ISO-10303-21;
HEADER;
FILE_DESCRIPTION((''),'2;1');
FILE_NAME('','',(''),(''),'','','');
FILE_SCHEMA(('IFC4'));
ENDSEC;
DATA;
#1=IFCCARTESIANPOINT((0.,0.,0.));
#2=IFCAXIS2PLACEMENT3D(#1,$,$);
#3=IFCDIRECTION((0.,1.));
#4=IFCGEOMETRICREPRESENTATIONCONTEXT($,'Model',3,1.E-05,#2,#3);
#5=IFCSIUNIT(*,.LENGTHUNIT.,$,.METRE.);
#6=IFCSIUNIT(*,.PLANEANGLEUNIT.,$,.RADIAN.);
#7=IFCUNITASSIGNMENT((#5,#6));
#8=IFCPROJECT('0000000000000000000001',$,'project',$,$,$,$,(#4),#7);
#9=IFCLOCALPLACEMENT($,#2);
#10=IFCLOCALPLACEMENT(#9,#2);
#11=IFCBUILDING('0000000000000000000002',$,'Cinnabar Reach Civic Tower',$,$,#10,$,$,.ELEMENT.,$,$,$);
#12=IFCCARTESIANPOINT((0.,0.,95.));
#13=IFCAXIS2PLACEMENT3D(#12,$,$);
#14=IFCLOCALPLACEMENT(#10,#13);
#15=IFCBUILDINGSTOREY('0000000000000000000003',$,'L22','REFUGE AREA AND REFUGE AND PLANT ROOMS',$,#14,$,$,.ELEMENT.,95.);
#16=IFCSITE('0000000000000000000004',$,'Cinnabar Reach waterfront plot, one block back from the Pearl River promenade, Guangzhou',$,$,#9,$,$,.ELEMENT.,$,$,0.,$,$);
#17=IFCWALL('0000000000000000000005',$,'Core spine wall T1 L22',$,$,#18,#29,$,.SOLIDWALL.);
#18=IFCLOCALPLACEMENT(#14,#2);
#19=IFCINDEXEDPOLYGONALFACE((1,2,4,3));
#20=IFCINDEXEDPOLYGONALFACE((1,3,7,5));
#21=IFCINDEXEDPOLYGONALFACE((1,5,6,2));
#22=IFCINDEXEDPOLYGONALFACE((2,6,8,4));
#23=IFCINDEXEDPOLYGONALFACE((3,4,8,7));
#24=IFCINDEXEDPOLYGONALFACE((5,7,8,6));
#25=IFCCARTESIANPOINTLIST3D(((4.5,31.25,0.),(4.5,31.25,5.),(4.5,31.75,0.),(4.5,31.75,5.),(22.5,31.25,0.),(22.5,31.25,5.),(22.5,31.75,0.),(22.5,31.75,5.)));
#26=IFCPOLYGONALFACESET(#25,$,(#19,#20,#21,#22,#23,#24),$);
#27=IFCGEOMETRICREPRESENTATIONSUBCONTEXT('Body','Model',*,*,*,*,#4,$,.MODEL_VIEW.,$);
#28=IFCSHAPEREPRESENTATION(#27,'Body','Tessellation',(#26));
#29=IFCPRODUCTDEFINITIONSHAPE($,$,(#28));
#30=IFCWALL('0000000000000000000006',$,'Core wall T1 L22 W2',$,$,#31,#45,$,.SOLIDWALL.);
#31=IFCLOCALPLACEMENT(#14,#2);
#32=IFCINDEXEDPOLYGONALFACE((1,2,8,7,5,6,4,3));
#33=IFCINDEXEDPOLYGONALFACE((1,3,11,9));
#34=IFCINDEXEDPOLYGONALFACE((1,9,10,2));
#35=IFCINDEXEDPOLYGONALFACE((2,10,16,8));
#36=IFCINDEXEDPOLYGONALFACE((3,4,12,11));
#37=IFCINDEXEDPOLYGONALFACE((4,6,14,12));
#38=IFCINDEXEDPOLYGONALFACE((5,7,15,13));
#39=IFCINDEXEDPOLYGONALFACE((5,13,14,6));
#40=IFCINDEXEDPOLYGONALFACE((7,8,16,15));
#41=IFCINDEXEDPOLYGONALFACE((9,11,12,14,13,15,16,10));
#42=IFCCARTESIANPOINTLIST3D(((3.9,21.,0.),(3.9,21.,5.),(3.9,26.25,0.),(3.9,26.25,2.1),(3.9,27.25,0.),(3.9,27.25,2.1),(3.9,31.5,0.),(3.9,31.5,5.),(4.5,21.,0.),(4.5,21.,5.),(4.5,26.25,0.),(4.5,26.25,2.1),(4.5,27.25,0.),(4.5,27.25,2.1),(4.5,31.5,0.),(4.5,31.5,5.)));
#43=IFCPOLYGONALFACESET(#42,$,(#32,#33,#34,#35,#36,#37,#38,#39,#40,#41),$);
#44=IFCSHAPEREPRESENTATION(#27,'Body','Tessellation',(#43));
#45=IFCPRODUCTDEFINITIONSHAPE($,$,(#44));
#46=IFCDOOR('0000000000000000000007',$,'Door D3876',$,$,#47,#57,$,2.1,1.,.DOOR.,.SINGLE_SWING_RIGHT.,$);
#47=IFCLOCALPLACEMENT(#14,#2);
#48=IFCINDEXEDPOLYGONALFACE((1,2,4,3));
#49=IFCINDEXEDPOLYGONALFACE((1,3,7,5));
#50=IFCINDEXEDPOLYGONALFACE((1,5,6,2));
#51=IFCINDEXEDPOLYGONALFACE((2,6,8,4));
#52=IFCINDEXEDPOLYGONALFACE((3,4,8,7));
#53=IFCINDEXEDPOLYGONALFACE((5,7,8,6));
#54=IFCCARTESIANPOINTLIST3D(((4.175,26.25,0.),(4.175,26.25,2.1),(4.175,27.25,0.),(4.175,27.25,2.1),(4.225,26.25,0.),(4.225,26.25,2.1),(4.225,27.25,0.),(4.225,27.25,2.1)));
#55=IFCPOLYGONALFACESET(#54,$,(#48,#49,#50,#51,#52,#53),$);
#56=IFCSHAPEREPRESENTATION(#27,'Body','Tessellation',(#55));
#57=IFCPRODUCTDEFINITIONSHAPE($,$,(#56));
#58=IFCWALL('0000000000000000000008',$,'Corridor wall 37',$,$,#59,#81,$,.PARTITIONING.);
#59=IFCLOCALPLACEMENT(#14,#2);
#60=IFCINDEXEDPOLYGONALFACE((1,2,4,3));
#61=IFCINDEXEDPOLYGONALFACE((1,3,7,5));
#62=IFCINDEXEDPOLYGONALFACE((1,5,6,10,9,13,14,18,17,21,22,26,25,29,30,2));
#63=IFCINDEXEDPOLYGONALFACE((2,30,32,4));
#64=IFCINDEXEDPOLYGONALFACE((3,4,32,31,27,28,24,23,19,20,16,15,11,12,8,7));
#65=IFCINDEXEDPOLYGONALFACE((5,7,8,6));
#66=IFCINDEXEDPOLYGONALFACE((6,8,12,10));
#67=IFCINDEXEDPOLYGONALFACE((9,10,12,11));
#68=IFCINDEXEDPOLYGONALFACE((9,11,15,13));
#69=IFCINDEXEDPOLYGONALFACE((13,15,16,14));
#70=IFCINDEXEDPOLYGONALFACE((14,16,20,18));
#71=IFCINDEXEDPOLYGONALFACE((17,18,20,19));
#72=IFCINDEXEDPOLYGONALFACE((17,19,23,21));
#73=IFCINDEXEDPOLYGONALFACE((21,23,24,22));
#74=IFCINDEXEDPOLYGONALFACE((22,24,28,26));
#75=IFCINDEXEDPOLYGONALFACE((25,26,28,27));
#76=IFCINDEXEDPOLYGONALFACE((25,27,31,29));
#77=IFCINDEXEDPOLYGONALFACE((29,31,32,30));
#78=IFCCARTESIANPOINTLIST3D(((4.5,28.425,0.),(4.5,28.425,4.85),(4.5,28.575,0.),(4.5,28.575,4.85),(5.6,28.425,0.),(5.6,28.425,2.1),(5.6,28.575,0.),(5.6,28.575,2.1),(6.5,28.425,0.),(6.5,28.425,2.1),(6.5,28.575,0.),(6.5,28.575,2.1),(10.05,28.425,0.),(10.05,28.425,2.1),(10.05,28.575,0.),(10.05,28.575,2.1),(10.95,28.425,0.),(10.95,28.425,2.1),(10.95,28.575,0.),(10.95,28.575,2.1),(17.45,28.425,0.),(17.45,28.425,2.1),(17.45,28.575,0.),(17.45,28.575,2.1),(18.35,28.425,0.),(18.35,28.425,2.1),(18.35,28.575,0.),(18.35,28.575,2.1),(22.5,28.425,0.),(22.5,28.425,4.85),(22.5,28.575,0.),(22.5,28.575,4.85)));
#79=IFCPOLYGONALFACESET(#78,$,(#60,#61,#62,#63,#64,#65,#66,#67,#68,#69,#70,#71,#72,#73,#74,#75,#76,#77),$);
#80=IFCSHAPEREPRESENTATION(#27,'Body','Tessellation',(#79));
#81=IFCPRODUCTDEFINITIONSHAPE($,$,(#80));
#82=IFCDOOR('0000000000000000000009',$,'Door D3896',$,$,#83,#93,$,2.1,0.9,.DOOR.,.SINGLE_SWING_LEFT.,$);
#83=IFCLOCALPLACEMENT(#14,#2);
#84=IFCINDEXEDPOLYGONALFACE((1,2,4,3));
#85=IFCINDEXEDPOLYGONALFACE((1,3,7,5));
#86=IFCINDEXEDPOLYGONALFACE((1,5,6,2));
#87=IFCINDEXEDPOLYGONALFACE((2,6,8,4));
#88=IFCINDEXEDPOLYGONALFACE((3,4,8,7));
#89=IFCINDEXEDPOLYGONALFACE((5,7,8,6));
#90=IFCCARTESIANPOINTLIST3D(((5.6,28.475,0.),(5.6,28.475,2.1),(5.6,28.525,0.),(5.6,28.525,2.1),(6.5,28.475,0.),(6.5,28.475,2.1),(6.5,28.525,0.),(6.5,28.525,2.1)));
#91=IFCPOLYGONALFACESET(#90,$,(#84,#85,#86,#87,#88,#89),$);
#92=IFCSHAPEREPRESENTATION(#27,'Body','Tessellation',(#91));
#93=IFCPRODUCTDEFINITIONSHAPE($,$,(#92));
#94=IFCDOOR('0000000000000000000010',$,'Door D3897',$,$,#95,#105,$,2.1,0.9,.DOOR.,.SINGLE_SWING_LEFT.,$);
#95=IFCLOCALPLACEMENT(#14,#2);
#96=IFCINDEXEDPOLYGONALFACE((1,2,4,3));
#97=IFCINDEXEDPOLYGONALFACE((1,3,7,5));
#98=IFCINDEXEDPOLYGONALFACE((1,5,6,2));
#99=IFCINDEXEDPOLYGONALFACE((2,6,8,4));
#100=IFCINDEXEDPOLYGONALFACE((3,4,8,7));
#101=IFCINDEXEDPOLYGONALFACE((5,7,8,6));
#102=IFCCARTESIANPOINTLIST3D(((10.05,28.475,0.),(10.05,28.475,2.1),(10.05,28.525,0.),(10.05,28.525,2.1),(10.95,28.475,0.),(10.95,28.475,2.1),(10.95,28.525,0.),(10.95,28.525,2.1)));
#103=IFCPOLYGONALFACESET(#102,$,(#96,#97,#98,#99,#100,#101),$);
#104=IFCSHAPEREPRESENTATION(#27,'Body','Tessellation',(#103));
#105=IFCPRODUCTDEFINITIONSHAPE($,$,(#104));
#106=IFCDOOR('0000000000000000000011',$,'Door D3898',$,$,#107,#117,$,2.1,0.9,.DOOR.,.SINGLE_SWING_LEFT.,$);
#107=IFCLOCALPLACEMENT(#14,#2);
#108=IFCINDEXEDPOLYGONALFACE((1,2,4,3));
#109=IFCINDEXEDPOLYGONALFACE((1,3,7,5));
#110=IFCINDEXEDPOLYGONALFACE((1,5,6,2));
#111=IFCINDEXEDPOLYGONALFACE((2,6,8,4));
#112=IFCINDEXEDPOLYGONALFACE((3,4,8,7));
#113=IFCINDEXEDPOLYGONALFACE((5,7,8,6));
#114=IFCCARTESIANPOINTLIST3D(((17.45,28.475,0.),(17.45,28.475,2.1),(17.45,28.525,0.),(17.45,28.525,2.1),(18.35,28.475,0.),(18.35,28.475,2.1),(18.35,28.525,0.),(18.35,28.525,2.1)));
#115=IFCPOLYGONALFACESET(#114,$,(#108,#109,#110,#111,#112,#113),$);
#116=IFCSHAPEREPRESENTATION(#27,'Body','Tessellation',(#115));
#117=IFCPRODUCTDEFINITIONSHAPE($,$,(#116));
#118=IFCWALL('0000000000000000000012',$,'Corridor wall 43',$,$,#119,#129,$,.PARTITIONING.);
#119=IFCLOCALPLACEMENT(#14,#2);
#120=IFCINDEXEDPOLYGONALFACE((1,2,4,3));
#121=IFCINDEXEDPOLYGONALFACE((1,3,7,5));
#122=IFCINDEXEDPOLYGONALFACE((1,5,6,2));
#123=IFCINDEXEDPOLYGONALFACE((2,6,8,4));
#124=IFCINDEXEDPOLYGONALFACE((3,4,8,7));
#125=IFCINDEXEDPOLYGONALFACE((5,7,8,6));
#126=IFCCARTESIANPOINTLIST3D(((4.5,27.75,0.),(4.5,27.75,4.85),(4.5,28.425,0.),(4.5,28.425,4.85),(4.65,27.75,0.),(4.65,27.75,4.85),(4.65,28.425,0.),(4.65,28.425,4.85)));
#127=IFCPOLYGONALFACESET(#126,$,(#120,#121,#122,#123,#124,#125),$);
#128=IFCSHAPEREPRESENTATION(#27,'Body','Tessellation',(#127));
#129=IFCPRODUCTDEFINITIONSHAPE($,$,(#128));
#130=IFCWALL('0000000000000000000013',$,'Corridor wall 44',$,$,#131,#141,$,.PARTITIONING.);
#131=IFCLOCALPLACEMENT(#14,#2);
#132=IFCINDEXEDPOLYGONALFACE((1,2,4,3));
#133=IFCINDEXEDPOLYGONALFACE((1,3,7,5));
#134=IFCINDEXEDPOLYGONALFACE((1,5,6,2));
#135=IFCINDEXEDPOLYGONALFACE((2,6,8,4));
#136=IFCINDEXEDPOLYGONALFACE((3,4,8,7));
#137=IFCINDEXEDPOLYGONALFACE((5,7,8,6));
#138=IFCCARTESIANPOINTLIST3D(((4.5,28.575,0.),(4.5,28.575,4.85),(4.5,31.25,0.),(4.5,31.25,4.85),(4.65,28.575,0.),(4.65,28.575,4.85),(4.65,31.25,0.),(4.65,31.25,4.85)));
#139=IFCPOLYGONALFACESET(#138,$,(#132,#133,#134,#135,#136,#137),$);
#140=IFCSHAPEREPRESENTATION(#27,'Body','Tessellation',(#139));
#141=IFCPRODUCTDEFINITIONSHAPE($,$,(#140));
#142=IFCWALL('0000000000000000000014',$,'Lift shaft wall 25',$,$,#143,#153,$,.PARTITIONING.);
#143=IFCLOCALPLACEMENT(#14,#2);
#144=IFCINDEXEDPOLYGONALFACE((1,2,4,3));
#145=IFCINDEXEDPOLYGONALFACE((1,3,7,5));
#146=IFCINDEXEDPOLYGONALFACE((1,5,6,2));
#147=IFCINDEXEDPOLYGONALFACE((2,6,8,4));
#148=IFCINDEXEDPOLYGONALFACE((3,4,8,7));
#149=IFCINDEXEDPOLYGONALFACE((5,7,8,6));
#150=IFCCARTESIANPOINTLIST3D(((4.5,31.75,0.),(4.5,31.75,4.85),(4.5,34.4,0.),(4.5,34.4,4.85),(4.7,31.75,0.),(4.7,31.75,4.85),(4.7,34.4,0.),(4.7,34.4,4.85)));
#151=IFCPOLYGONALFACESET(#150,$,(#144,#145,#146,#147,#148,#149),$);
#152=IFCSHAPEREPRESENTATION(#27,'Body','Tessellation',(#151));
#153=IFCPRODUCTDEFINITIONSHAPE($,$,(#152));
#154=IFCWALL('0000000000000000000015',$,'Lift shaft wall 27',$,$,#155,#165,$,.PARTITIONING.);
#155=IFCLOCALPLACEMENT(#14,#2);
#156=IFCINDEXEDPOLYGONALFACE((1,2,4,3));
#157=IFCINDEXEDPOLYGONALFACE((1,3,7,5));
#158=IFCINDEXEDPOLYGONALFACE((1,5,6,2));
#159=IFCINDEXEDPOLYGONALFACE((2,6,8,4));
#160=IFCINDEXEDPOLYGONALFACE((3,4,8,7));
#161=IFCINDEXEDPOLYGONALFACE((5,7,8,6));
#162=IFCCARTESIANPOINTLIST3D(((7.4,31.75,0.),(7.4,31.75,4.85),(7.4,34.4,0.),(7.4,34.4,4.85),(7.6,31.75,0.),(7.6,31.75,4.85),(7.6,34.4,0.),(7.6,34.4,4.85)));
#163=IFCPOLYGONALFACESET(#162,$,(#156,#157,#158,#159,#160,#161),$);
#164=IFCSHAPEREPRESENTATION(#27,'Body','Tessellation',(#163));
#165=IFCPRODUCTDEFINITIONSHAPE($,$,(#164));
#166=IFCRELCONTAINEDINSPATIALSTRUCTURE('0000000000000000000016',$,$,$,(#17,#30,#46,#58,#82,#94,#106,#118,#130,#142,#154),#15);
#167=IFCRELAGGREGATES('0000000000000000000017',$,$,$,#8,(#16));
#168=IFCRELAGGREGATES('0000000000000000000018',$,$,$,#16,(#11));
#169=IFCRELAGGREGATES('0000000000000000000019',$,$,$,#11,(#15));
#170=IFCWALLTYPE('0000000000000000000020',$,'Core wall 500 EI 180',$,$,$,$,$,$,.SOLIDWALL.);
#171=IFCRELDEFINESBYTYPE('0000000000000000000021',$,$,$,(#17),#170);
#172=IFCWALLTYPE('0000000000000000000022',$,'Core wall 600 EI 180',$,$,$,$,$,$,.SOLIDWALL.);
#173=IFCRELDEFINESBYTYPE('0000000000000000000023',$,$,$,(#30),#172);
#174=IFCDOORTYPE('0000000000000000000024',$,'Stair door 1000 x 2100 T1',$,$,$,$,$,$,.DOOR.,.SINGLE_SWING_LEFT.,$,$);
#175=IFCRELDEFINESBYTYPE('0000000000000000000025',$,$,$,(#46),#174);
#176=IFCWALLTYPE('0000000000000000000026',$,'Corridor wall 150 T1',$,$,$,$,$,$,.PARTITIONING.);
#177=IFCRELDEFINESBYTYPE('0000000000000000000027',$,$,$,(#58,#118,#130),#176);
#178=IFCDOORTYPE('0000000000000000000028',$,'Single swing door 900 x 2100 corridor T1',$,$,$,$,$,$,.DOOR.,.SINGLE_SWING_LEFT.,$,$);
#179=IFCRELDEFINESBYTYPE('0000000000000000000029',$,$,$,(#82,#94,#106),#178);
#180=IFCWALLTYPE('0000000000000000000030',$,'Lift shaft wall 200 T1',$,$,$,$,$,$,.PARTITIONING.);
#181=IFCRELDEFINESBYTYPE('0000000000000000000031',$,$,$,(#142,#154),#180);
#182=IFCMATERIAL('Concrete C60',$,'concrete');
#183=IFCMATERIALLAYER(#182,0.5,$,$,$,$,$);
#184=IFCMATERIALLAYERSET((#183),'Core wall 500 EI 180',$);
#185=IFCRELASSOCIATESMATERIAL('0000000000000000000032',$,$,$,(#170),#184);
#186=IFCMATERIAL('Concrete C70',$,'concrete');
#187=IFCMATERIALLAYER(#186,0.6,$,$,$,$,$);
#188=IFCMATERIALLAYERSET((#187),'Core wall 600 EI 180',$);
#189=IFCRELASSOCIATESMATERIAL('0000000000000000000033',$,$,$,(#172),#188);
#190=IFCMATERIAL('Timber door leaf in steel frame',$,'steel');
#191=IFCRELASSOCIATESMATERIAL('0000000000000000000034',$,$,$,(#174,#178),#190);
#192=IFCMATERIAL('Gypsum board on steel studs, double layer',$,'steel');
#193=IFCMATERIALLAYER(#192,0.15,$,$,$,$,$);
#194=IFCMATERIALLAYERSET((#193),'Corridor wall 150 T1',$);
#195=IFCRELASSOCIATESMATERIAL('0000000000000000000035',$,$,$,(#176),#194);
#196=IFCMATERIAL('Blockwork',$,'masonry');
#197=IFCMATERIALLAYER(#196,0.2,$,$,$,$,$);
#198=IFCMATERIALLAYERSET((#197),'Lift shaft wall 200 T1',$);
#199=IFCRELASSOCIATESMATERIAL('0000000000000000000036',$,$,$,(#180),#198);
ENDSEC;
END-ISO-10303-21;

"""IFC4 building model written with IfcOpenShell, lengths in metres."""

from ifc_helpers import new_model, si_unit, direction, frame, frame_2d, origin, place, context, subcontext, project, spatial, rectangle, extrude, material, layer, layer_set, type_object, element, fill, save


model = new_model("IFC4")

# Units and contexts
model_context = context("Model", 3, precision=1e-05, world=origin(), true_north=direction((0.0, 1.0)))
body_context = subcontext(model_context, "Body", "Model", "MODEL_VIEW")
ifc_project = project(units=[si_unit("LENGTHUNIT", "METRE"), si_unit("PLANEANGLEUNIT", "RADIAN")], contexts=[model_context])

# Site, building, storey
site_placement = place(None, origin())
site = spatial("IfcSite", under=ifc_project, at=site_placement, Name="Cinnabar Reach waterfront plot, one block back from the Pearl River promenade, Guangzhou", CompositionType="ELEMENT", RefElevation=0.0)
building_placement = place(site_placement, origin())
building = spatial("IfcBuilding", under=site, at=building_placement, Name="Cinnabar Reach Civic Tower", CompositionType="ELEMENT")
storey_placement = place(building_placement, frame((0.0, 0.0, 95.0)))
storey = spatial("IfcBuildingStorey", under=building, at=storey_placement, Name="L22", Description="REFUGE AREA AND REFUGE AND PLANT ROOMS", CompositionType="ELEMENT", Elevation=95.0)

# Wall
ifc_material_1 = material(Name="Concrete C60", Category="concrete")
ifc_layer_1 = layer(ifc_material_1, 0.5)
ifc_layer_set_1 = layer_set([ifc_layer_1], Name="Core wall 500 EI 180")
wall_type_1 = type_object("IfcWallType", Name="Core wall 500 EI 180", PredefinedType="SOLIDWALL", material=ifc_layer_set_1)
wall_1_placement = place(storey_placement, frame((4.5, 31.5, 0.0), z_axis=(0.0, 0.0, 1.0), x_axis=(1.0, 0.0, 0.0)))
element("IfcWall", 1, at=wall_1_placement, inside=storey, type_object=wall_type_1, Name="Core spine wall T1 L22", PredefinedType="SOLIDWALL", context=body_context, shape_type="SweptSolid", body=[
    extrude(rectangle(XDim=18.0, YDim=0.5, at=frame_2d((9.0, 0.0))), origin(), (0.0, 0.0, 1.0), 5.0),
])

# Wall, opening, door
ifc_material_2 = material(Name="Concrete C70", Category="concrete")
ifc_layer_2 = layer(ifc_material_2, 0.6)
ifc_layer_set_2 = layer_set([ifc_layer_2], Name="Core wall 600 EI 180")
wall_type_2 = type_object("IfcWallType", Name="Core wall 600 EI 180", PredefinedType="SOLIDWALL", material=ifc_layer_set_2)
wall_2_placement = place(storey_placement, frame((4.2, 31.5, 0.0), z_axis=(0.0, 0.0, 1.0), x_axis=(0.0, -1.0, 0.0)))
wall_2 = element("IfcWall", 2, at=wall_2_placement, inside=storey, type_object=wall_type_2, Name="Core wall T1 L22 W2", PredefinedType="SOLIDWALL", context=body_context, shape_type="SweptSolid", body=[
    extrude(rectangle(XDim=10.5, YDim=0.6, at=frame_2d((5.25, 0.0))), origin(), (0.0, 0.0, 1.0), 5.0),
])
opening_1_placement = place(wall_2_placement, frame((4.25, 0.0, 0.0)))
opening_1 = element("IfcOpeningElement", 3, at=opening_1_placement, cuts=wall_2, PredefinedType="OPENING", context=body_context, shape_type="SweptSolid", body=[
    extrude(rectangle(XDim=1.0, YDim=2.1, at=frame_2d((0.5, 1.05))), frame((0.0, 0.31, 0.0), z_axis=(0.0, -1.0, 0.0), x_axis=(1.0, 0.0, 0.0)), (0.0, 0.0, 1.0), 0.62),
])
ifc_material_3 = material(Name="Timber door leaf in steel frame", Category="steel")
door_type_1 = type_object("IfcDoorType", Name="Stair door 1000 x 2100 T1", OperationType="SINGLE_SWING_LEFT", PredefinedType="DOOR", material=ifc_material_3)
door_1_placement = place(opening_1_placement, frame((1.0, 0.0, 0.0), z_axis=(0.0, 0.0, 1.0), x_axis=(-1.0, 0.0, 0.0)))
door_1 = element("IfcDoor", 4, at=door_1_placement, inside=storey, type_object=door_type_1, Name="Door D3876", OperationType="SINGLE_SWING_RIGHT", OverallHeight=2.1, OverallWidth=1.0, PredefinedType="DOOR", context=body_context, shape_type="SweptSolid", body=[
    extrude(rectangle(XDim=1.0, YDim=2.1, at=frame_2d((0.5, 1.05))), frame((0.0, 0.025, 0.0), z_axis=(0.0, -1.0, 0.0), x_axis=(1.0, 0.0, 0.0)), (0.0, 0.0, 1.0), 0.05),
])
fill(opening_1, door_1)

# Wall, openings, doors
ifc_material_4 = material(Name="Gypsum board on steel studs, double layer", Category="steel")
ifc_layer_3 = layer(ifc_material_4, 0.15)
ifc_layer_set_3 = layer_set([ifc_layer_3], Name="Corridor wall 150 T1")
wall_type_3 = type_object("IfcWallType", Name="Corridor wall 150 T1", PredefinedType="PARTITIONING", material=ifc_layer_set_3)
wall_3_placement = place(storey_placement, frame((4.5, 28.5, 0.0), z_axis=(0.0, 0.0, 1.0), x_axis=(1.0, 0.0, 0.0)))
wall_3 = element("IfcWall", 5, at=wall_3_placement, inside=storey, type_object=wall_type_3, Name="Corridor wall 37", PredefinedType="PARTITIONING", context=body_context, shape_type="SweptSolid", body=[
    extrude(rectangle(XDim=18.0, YDim=0.15, at=frame_2d((9.0, 0.0))), origin(), (0.0, 0.0, 1.0), 4.85),
])
opening_2_placement = place(wall_3_placement, frame((1.1, 0.0, 0.0)))
opening_2 = element("IfcOpeningElement", 6, at=opening_2_placement, cuts=wall_3, PredefinedType="OPENING", context=body_context, shape_type="SweptSolid", body=[
    extrude(rectangle(XDim=0.9, YDim=2.1, at=frame_2d((0.45, 1.05))), frame((0.0, 0.085, 0.0), z_axis=(0.0, -1.0, 0.0), x_axis=(1.0, 0.0, 0.0)), (0.0, 0.0, 1.0), 0.17),
])
opening_3_placement = place(wall_3_placement, frame((5.55, 0.0, 0.0)))
opening_3 = element("IfcOpeningElement", 7, at=opening_3_placement, cuts=wall_3, PredefinedType="OPENING", context=body_context, shape_type="SweptSolid", body=[
    extrude(rectangle(XDim=0.9, YDim=2.1, at=frame_2d((0.45, 1.05))), frame((0.0, 0.085, 0.0), z_axis=(0.0, -1.0, 0.0), x_axis=(1.0, 0.0, 0.0)), (0.0, 0.0, 1.0), 0.17),
])
opening_4_placement = place(wall_3_placement, frame((12.95, 0.0, 0.0)))
opening_4 = element("IfcOpeningElement", 8, at=opening_4_placement, cuts=wall_3, PredefinedType="OPENING", context=body_context, shape_type="SweptSolid", body=[
    extrude(rectangle(XDim=0.9, YDim=2.1, at=frame_2d((0.45, 1.05))), frame((0.0, 0.085, 0.0), z_axis=(0.0, -1.0, 0.0), x_axis=(1.0, 0.0, 0.0)), (0.0, 0.0, 1.0), 0.17),
])
door_type_2 = type_object("IfcDoorType", Name="Single swing door 900 x 2100 corridor T1", OperationType="SINGLE_SWING_LEFT", PredefinedType="DOOR", material=ifc_material_3)
door_2_placement = place(opening_2_placement, origin())
door_2 = element("IfcDoor", 9, at=door_2_placement, inside=storey, type_object=door_type_2, Name="Door D3896", OperationType="SINGLE_SWING_LEFT", OverallHeight=2.1, OverallWidth=0.9, PredefinedType="DOOR", context=body_context, shape_type="SweptSolid", body=[
    extrude(rectangle(XDim=0.9, YDim=2.1, at=frame_2d((0.45, 1.05))), frame((0.0, 0.025, 0.0), z_axis=(0.0, -1.0, 0.0), x_axis=(1.0, 0.0, 0.0)), (0.0, 0.0, 1.0), 0.05),
])
fill(opening_2, door_2)
door_3_placement = place(opening_3_placement, origin())
door_3 = element("IfcDoor", 10, at=door_3_placement, inside=storey, type_object=door_type_2, Name="Door D3897", OperationType="SINGLE_SWING_LEFT", OverallHeight=2.1, OverallWidth=0.9, PredefinedType="DOOR", context=body_context, shape_type="SweptSolid", body=[
    extrude(rectangle(XDim=0.9, YDim=2.1, at=frame_2d((0.45, 1.05))), frame((0.0, 0.025, 0.0), z_axis=(0.0, -1.0, 0.0), x_axis=(1.0, 0.0, 0.0)), (0.0, 0.0, 1.0), 0.05),
])
fill(opening_3, door_3)
door_4_placement = place(opening_4_placement, origin())
door_4 = element("IfcDoor", 11, at=door_4_placement, inside=storey, type_object=door_type_2, Name="Door D3898", OperationType="SINGLE_SWING_LEFT", OverallHeight=2.1, OverallWidth=0.9, PredefinedType="DOOR", context=body_context, shape_type="SweptSolid", body=[
    extrude(rectangle(XDim=0.9, YDim=2.1, at=frame_2d((0.45, 1.05))), frame((0.0, 0.025, 0.0), z_axis=(0.0, -1.0, 0.0), x_axis=(1.0, 0.0, 0.0)), (0.0, 0.0, 1.0), 0.05),
])
fill(opening_4, door_4)

# Walls
wall_4_placement = place(storey_placement, frame((4.575, 27.75, 0.0), z_axis=(0.0, 0.0, 1.0), x_axis=(0.0, 1.0, 0.0)))
element("IfcWall", 12, at=wall_4_placement, inside=storey, type_object=wall_type_3, Name="Corridor wall 43", PredefinedType="PARTITIONING", context=body_context, shape_type="SweptSolid", body=[
    extrude(rectangle(XDim=0.675, YDim=0.15, at=frame_2d((0.3375, 0.0))), origin(), (0.0, 0.0, 1.0), 4.85),
])
wall_5_placement = place(storey_placement, frame((4.575, 28.575, 0.0), z_axis=(0.0, 0.0, 1.0), x_axis=(0.0, 1.0, 0.0)))
element("IfcWall", 13, at=wall_5_placement, inside=storey, type_object=wall_type_3, Name="Corridor wall 44", PredefinedType="PARTITIONING", context=body_context, shape_type="SweptSolid", body=[
    extrude(rectangle(XDim=2.675, YDim=0.15, at=frame_2d((1.3375, 0.0))), origin(), (0.0, 0.0, 1.0), 4.85),
])
ifc_material_5 = material(Name="Blockwork", Category="masonry")
ifc_layer_4 = layer(ifc_material_5, 0.2)
ifc_layer_set_4 = layer_set([ifc_layer_4], Name="Lift shaft wall 200 T1")
wall_type_4 = type_object("IfcWallType", Name="Lift shaft wall 200 T1", PredefinedType="PARTITIONING", material=ifc_layer_set_4)
for number, where, z_axis, x_axis, name in (
    (14, (4.6, 31.75, 0.0), (0.0, 0.0, 1.0), (0.0, 1.0, 0.0), "Lift shaft wall 25"),
    (15, (7.5, 31.75, 0.0), (0.0, 0.0, 1.0), (0.0, 1.0, 0.0), "Lift shaft wall 27"),
):
    element("IfcWall", number, at=place(storey_placement, frame(where, z_axis=z_axis, x_axis=x_axis)), inside=storey, type_object=wall_type_4, Name=name, PredefinedType="PARTITIONING", context=body_context, shape_type="SweptSolid", body=[
        extrude(rectangle(XDim=2.65, YDim=0.2, at=frame_2d((1.325, 0.0))), origin(), (0.0, 0.0, 1.0), 4.85),
    ])

save(model, "model.ifc")
